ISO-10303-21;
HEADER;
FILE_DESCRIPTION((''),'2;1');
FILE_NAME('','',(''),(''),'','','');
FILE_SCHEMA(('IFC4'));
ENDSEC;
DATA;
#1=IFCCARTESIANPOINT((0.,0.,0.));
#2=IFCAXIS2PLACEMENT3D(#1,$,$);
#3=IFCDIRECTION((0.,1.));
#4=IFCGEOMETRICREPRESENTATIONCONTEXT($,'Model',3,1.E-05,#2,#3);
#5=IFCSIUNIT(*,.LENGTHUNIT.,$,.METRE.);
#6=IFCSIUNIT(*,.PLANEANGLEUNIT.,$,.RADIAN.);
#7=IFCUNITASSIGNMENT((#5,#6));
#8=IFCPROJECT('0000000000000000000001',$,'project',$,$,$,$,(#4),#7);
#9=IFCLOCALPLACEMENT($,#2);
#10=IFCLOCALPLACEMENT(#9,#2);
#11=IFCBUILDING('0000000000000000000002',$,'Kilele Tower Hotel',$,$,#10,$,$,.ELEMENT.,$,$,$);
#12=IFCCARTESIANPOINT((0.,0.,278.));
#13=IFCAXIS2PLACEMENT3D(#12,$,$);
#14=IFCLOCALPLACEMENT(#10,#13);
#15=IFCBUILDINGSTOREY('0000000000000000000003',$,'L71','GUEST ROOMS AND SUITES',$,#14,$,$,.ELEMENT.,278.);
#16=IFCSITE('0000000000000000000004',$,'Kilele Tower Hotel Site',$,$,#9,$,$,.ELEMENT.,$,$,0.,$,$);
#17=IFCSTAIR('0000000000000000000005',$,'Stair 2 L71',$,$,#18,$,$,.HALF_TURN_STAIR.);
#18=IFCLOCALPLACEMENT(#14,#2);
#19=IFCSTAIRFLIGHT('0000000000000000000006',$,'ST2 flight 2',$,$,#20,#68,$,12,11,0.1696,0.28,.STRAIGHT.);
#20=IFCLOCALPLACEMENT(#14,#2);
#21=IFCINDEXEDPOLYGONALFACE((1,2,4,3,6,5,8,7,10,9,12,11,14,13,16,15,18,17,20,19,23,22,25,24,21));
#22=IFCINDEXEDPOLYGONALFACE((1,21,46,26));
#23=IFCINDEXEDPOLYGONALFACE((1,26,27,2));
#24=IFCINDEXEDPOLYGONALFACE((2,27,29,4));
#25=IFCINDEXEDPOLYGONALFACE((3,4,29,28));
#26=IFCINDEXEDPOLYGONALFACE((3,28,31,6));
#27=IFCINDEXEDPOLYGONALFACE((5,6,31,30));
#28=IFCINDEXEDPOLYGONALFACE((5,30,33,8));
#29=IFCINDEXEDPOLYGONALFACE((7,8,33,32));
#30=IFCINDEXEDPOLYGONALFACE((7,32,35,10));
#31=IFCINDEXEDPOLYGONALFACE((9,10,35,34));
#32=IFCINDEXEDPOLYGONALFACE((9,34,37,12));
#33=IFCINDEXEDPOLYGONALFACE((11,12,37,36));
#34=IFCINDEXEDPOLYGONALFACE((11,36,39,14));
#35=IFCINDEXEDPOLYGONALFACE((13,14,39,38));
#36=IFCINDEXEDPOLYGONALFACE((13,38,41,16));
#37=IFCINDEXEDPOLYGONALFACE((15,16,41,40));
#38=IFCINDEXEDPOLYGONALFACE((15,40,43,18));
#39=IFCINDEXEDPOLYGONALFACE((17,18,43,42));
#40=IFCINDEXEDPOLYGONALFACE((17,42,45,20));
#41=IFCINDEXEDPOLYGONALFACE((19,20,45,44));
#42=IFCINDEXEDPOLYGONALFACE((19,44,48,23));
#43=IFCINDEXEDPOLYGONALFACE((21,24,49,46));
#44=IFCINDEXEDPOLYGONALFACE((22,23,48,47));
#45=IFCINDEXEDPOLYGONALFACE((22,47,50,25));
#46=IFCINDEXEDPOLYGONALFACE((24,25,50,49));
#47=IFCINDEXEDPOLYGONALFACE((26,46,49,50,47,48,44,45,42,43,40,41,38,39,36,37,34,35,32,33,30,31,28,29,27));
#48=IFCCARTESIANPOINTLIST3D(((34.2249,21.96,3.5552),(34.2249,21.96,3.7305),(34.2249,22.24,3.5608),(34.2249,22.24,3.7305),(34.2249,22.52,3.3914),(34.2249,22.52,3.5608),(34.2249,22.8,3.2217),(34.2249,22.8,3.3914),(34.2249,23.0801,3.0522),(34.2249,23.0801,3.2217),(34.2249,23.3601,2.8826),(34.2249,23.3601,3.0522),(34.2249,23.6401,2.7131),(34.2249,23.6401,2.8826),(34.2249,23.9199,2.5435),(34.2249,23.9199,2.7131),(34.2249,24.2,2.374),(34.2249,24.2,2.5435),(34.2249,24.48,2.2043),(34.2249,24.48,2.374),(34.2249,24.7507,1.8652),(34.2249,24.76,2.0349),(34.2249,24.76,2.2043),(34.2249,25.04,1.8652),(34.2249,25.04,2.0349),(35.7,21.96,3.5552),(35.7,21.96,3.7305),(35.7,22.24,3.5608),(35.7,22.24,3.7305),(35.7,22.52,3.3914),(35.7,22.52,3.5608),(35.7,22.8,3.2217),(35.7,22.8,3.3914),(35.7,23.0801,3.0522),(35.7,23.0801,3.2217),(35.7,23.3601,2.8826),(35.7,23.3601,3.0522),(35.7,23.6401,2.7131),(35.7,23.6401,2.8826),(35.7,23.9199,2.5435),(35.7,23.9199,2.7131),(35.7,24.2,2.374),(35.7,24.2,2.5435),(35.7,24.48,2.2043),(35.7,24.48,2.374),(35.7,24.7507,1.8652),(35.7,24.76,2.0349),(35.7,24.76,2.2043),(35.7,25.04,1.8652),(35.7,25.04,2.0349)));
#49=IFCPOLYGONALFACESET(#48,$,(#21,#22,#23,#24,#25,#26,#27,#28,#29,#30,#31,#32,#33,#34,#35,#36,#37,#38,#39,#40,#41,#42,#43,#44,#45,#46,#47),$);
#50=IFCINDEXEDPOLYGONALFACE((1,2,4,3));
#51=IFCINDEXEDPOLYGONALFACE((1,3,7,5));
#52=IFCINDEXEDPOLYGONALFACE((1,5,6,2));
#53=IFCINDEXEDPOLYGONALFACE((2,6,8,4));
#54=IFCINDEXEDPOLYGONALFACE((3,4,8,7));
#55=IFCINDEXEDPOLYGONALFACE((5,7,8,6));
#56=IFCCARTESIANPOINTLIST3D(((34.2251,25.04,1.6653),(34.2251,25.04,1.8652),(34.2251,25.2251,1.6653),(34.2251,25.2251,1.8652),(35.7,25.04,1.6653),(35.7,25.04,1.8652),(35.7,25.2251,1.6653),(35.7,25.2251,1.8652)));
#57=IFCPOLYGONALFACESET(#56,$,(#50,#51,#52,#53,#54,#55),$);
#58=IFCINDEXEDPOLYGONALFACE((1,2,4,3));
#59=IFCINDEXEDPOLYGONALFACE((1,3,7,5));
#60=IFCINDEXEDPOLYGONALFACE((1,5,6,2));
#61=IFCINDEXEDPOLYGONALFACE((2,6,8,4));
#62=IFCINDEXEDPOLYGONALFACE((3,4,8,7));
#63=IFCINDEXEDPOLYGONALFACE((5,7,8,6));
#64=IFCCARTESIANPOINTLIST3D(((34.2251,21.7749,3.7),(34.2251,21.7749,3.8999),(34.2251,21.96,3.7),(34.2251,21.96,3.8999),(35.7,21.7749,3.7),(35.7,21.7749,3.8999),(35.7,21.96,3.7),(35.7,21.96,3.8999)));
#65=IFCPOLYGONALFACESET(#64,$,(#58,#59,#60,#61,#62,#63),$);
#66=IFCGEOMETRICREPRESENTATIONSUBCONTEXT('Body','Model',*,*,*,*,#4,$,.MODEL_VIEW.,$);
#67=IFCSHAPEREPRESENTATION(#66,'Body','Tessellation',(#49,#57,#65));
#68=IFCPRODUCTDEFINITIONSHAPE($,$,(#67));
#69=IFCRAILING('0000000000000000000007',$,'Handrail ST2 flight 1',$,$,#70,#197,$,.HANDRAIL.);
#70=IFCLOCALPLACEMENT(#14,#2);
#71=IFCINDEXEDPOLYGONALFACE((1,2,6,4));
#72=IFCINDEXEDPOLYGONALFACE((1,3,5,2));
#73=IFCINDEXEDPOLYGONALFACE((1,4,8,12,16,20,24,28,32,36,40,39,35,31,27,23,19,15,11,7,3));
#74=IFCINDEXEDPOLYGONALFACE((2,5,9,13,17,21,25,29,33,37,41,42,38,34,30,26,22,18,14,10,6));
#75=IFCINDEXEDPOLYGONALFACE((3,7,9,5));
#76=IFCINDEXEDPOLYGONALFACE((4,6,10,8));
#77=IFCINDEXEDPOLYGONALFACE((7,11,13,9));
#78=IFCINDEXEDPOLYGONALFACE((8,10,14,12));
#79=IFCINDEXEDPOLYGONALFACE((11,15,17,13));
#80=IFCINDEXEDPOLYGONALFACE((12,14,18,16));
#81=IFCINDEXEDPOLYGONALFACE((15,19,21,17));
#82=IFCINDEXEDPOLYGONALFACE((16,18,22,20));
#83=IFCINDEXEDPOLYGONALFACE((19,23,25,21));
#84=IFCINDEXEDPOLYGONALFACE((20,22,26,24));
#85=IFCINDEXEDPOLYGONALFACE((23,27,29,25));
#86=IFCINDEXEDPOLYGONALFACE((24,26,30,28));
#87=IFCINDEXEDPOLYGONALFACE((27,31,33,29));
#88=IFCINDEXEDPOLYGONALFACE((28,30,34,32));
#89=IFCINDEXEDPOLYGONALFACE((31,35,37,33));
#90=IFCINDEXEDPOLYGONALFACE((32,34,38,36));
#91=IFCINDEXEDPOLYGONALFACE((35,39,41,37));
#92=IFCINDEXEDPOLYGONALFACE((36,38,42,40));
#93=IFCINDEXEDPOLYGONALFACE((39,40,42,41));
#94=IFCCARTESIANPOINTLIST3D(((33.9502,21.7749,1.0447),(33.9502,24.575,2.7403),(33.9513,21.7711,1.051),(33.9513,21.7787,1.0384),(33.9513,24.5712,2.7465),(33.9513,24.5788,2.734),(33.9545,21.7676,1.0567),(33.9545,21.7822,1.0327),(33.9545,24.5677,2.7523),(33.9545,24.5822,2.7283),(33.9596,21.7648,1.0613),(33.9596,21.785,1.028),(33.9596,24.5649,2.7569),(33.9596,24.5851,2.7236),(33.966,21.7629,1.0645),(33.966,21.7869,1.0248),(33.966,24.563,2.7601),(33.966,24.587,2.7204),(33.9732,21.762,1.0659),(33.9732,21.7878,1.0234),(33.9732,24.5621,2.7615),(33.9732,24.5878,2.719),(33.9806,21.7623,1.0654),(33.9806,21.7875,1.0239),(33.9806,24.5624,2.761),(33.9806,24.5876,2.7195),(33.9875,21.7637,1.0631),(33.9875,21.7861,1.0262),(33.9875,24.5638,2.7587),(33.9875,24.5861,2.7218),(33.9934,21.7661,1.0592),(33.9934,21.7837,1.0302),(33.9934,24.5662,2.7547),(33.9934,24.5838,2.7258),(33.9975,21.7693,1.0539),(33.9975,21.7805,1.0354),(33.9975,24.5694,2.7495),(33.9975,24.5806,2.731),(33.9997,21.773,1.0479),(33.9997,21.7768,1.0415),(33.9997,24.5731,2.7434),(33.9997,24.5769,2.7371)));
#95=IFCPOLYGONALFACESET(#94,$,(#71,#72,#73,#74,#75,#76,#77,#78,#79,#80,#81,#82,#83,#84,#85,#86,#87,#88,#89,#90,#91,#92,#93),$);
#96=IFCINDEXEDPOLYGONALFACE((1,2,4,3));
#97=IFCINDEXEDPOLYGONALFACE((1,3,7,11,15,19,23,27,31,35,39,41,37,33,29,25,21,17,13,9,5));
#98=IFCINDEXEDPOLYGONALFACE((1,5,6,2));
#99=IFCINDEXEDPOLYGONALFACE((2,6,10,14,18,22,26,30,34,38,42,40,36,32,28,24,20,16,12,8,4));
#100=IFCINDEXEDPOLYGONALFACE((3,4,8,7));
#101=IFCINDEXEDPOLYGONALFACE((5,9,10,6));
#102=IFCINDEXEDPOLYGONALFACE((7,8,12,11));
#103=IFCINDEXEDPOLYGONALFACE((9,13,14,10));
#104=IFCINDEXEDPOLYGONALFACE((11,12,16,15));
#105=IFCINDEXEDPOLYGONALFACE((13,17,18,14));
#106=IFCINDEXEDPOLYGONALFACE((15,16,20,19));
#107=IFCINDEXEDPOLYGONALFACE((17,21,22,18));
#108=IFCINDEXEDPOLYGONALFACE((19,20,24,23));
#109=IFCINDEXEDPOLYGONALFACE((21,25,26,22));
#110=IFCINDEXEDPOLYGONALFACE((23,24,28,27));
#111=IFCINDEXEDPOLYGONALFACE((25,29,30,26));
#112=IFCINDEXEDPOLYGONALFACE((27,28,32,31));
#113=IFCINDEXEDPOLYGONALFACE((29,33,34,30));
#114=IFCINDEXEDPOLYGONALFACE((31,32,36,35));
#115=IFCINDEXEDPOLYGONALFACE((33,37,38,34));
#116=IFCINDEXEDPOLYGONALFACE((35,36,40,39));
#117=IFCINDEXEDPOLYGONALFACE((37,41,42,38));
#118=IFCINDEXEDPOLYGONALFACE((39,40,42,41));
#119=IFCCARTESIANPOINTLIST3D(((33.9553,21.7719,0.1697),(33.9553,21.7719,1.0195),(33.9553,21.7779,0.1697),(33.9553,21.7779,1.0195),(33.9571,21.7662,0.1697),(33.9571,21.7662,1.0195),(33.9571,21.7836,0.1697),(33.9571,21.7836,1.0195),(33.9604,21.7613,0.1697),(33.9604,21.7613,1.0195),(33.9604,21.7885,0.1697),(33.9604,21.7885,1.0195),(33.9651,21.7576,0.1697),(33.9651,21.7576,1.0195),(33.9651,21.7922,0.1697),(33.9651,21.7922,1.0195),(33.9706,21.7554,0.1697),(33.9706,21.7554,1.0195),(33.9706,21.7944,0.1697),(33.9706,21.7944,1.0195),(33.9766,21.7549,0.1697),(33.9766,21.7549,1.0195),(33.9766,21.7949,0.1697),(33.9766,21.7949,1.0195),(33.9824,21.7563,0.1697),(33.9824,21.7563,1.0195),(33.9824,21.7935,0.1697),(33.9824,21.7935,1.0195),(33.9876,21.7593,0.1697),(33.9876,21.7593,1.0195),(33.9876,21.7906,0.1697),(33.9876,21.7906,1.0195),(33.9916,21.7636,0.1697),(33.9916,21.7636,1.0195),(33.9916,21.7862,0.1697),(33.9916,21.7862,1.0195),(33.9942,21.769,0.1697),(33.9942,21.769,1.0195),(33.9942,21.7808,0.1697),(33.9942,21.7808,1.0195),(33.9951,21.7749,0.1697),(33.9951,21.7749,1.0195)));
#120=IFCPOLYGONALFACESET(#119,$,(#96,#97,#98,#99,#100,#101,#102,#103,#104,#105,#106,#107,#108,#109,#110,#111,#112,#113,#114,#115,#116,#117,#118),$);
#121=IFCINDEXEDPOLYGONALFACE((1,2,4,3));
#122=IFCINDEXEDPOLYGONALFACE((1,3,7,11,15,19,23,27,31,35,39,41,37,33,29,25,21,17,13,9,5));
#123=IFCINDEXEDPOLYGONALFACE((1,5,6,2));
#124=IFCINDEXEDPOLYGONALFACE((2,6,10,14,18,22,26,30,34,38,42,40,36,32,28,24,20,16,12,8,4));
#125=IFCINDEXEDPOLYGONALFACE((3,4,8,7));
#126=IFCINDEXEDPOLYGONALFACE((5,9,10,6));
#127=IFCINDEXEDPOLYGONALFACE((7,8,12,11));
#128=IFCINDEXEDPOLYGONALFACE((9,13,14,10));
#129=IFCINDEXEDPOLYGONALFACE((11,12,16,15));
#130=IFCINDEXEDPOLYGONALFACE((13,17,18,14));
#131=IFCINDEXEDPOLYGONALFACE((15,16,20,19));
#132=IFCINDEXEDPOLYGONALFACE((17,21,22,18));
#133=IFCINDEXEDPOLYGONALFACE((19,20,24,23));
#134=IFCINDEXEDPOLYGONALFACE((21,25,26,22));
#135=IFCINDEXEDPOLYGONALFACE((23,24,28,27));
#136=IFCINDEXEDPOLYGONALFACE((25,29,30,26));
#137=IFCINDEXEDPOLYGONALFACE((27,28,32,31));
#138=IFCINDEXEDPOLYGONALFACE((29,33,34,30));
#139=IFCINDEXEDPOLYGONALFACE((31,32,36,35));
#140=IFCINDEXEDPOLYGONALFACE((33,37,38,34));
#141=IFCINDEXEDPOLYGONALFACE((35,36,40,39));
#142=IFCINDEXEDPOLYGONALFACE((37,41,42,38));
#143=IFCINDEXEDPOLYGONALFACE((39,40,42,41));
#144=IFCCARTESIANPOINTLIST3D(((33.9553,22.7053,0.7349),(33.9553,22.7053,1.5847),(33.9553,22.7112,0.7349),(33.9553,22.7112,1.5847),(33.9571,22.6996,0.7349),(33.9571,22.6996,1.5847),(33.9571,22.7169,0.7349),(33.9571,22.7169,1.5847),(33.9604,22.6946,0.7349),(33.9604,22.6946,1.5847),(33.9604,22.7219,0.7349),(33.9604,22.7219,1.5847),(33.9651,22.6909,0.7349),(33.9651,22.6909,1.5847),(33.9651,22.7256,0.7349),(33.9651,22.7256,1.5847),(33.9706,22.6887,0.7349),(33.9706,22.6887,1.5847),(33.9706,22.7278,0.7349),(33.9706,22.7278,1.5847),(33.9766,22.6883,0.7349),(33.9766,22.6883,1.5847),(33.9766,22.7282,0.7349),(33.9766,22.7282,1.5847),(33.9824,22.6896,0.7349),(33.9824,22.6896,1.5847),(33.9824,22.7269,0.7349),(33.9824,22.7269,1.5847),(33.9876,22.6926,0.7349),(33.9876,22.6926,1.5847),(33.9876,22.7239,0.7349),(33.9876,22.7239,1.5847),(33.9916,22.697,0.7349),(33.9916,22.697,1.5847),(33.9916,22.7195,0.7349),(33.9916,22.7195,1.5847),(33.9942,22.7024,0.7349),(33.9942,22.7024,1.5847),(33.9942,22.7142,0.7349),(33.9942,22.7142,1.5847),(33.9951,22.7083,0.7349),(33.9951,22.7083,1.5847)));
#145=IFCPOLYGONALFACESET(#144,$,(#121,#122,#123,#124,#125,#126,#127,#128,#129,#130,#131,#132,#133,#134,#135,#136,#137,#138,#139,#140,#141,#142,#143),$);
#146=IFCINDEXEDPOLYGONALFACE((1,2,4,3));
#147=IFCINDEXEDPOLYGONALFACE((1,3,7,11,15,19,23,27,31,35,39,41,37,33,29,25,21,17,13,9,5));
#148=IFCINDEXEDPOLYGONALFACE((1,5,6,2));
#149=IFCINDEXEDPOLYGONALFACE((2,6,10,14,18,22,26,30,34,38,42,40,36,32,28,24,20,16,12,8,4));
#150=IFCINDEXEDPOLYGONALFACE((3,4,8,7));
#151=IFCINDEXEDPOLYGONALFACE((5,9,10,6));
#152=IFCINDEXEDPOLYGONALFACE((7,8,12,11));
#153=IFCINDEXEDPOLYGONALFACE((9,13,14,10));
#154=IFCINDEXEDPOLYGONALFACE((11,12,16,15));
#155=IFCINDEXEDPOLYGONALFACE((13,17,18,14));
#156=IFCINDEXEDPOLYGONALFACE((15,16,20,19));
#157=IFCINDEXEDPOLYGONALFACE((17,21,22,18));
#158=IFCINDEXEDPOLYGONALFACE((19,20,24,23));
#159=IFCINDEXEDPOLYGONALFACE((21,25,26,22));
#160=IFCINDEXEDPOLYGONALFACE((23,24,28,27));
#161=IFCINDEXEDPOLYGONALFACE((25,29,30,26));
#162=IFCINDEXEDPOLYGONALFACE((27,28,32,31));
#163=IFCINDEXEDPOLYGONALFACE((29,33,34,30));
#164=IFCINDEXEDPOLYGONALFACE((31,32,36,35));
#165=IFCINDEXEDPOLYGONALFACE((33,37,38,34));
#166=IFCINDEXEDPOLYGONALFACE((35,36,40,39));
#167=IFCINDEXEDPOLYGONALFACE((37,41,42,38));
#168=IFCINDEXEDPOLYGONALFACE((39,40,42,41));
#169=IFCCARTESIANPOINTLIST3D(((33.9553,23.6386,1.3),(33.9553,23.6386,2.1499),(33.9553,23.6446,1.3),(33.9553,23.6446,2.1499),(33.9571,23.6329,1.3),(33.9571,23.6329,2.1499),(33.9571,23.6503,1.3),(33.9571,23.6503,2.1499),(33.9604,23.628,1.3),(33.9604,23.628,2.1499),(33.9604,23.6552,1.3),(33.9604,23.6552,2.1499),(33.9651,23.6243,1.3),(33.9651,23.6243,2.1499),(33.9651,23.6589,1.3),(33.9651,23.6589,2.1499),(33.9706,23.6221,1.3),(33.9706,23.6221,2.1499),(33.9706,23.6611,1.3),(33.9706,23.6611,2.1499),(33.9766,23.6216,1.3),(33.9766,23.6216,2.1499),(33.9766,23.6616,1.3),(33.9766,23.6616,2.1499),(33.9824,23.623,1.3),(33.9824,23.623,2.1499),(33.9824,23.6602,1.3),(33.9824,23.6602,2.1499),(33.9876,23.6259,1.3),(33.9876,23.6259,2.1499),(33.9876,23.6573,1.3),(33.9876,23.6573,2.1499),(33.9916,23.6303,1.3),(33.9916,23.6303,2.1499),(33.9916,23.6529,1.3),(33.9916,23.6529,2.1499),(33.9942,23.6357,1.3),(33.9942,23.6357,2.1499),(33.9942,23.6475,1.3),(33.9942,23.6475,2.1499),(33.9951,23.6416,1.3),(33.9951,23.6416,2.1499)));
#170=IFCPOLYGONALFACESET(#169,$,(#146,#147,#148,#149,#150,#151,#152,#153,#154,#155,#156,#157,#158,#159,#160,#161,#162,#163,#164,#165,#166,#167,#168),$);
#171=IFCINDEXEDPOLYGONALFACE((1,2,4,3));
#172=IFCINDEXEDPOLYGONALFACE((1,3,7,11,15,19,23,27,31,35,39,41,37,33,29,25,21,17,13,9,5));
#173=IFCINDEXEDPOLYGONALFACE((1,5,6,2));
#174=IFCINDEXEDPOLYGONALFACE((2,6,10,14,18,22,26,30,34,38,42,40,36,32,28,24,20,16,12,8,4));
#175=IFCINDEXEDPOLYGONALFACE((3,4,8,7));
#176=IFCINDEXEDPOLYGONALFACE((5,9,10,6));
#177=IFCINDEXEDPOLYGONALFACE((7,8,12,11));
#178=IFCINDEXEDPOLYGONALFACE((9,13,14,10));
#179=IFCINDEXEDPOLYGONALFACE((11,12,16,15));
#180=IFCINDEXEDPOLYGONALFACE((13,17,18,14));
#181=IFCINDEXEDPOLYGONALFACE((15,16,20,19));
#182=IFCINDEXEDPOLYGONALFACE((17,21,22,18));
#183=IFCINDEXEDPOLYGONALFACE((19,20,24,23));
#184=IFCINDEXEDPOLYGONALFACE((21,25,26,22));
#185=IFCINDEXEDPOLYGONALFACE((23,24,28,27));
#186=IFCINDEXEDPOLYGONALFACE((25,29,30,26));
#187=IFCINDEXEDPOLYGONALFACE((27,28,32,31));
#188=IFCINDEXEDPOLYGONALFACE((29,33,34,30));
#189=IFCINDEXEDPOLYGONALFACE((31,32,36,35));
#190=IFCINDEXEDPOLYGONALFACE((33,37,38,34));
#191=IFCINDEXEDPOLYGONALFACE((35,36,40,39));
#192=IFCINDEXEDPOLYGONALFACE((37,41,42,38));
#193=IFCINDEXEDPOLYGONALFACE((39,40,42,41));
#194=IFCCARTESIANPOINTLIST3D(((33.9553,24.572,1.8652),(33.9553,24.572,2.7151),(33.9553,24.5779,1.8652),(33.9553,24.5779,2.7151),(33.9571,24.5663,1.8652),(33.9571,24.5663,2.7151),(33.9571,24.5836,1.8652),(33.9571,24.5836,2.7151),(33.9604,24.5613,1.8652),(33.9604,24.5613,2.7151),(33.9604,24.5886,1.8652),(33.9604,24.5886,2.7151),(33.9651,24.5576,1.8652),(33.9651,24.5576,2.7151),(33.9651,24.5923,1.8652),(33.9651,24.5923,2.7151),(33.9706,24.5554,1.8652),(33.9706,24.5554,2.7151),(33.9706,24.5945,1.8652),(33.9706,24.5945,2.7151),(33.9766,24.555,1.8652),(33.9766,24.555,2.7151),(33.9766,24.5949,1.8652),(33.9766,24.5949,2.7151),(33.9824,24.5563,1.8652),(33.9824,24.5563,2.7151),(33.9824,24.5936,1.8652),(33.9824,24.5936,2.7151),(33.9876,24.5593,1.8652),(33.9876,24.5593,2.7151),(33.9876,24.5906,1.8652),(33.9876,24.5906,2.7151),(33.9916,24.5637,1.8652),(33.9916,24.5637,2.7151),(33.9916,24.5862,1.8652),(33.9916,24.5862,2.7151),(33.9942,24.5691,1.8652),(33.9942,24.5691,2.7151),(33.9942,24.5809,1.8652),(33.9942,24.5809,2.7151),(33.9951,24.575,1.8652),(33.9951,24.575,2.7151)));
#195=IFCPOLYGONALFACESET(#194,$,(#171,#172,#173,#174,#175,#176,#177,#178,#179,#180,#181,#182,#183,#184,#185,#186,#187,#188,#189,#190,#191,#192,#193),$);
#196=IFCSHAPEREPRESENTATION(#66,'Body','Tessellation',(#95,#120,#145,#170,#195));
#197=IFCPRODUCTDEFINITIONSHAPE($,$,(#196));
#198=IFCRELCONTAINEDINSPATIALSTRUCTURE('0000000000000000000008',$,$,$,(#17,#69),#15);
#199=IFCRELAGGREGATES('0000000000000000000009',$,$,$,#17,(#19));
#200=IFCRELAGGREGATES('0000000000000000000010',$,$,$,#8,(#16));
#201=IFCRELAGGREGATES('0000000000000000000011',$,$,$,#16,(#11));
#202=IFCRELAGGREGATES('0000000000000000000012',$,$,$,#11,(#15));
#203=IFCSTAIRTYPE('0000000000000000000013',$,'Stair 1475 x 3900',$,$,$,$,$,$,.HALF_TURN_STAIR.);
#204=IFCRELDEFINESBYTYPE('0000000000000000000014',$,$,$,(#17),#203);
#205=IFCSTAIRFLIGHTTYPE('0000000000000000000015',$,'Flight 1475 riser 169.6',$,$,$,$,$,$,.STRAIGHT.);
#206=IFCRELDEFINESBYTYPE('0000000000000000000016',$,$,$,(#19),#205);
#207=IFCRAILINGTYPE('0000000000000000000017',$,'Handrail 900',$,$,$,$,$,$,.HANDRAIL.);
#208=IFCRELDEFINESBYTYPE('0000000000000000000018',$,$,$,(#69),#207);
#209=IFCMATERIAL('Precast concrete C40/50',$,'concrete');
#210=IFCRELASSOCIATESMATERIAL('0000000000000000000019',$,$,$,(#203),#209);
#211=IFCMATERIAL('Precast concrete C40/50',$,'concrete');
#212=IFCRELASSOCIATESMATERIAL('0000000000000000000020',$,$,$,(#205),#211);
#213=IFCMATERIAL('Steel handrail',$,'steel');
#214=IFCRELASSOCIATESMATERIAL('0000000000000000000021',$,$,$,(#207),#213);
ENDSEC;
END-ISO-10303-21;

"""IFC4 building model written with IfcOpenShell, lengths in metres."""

from ifc_helpers import new_model, si_unit, direction, frame, origin, origin_2d, place, context, subcontext, project, spatial, polyline, circle, outline, extrude, material, type_object, element, aggregate, save


model = new_model("IFC4")

# Units and contexts
model_context = context("Model", 3, precision=1e-05, world=origin(), true_north=direction((0.0, 1.0)))
body_context = subcontext(model_context, "Body", "Model", "MODEL_VIEW")
ifc_project = project(units=[si_unit("LENGTHUNIT", "METRE"), si_unit("PLANEANGLEUNIT", "RADIAN")], contexts=[model_context])

# Site, building, storey
site_placement = place(None, origin())
site = spatial("IfcSite", under=ifc_project, at=site_placement, Name="Kilele Tower Hotel Site", CompositionType="ELEMENT", RefElevation=0.0)
building_placement = place(site_placement, origin())
building = spatial("IfcBuilding", under=site, at=building_placement, Name="Kilele Tower Hotel", CompositionType="ELEMENT")
storey_placement = place(building_placement, frame((0.0, 0.0, 278.0)))
storey = spatial("IfcBuildingStorey", under=building, at=storey_placement, Name="L71", Description="GUEST ROOMS AND SUITES", CompositionType="ELEMENT", Elevation=278.0)

# Stair, stair flight
ifc_material_1 = material(Name="Precast concrete C40/50", Category="concrete")
stair_type = type_object("IfcStairType", Name="Stair 1475 x 3900", PredefinedType="HALF_TURN_STAIR", material=ifc_material_1)
stair_placement = place(storey_placement, origin())
stair = element("IfcStair", 1, at=stair_placement, inside=storey, type_object=stair_type, Name="Stair 2 L71", PredefinedType="HALF_TURN_STAIR")
ifc_material_2 = material(Name="Precast concrete C40/50", Category="concrete")
stair_flight_type = type_object("IfcStairFlightType", Name="Flight 1475 riser 169.6", PredefinedType="STRAIGHT", material=ifc_material_2)
stair_flight_placement = place(storey_placement, frame((34.9624, 25.04, 1.8652), z_axis=(0.0, 0.0, 1.0), x_axis=(0.0, -1.0, 0.0)))
stair_flight = element("IfcStairFlight", 2, at=stair_flight_placement, type_object=stair_flight_type, Name="ST2 flight 2", NumberOfRisers=12, NumberOfTreads=11, PredefinedType="STRAIGHT", RiserHeight=0.1696, TreadLength=0.28, context=body_context, shape_type="SweptSolid", body=[
    extrude(outline(polyline([(0.0, 0.0), (0.0, 0.1697), (0.28, 0.1697), (0.28, 0.3391), (0.5601, 0.3391), (0.5601, 0.5088), (0.8401, 0.5088), (0.8401, 0.6782), (1.1201, 0.6782), (1.1201, 0.8479), (1.3999, 0.8479), (1.3999, 1.0173), (1.6799, 1.0173), (1.6799, 1.187), (1.96, 1.187), (1.96, 1.3564), (2.24, 1.3564), (2.24, 1.5261), (2.52, 1.5261), (2.52, 1.6956), (2.8, 1.6956), (2.8, 1.8652), (3.0801, 1.8652), (3.0801, 2.0347), (3.0801, 1.6899), (0.2893, 0.0), (0.0, 0.0)])), frame((0.0, 0.7375, 0.0), z_axis=(0.0, -1.0, 0.0), x_axis=(1.0, 0.0, 0.0)), (0.0, 0.0, 1.0), 1.4751),
    extrude(outline(polyline([(0.0, -0.7373), (0.0, 0.7375), (-0.1851, 0.7375), (-0.1851, -0.7373), (0.0, -0.7373)])), frame((0.0, 0.0, -0.2)), (0.0, 0.0, 1.0), 0.2),
    extrude(outline(polyline([(3.2651, -0.7373), (3.2651, 0.7375), (3.0801, 0.7375), (3.0801, -0.7373), (3.2651, -0.7373)])), frame((0.0, 0.0, 1.8347)), (0.0, 0.0, 1.0), 0.2),
])
aggregate(stair, [stair_flight])

# Railing
ifc_material_3 = material(Name="Steel handrail", Category="steel")
railing_type_1 = type_object("IfcRailingType", Name="Handrail 900", PredefinedType="HANDRAIL", material=ifc_material_3)
railing_1_placement = place(storey_placement, frame((33.9751, 21.7749, 0.1697)))
element("IfcRailing", 3, at=railing_1_placement, inside=storey, type_object=railing_type_1, Name="Handrail ST2 flight 1", PredefinedType="HANDRAIL", context=body_context, shape_type="SweptSolid", body=[
    extrude(circle(Radius=0.0249, at=origin_2d()), frame((0.0, 0.0, 0.875), z_axis=(0.0, 0.855393, 0.517979), x_axis=(-1.0, 0.0, 0.0)), (0.0, 0.0, 1.0), 3.2734),
    extrude(circle(Radius=0.02, at=origin_2d()), origin(), (0.0, 0.0, 1.0), 0.8499),
    extrude(circle(Radius=0.02, at=origin_2d()), frame((0.0, 0.9333, 0.5652)), (0.0, 0.0, 1.0), 0.8499),
    extrude(circle(Radius=0.02, at=origin_2d()), frame((0.0, 1.8667, 1.1304)), (0.0, 0.0, 1.0), 0.8499),
    extrude(circle(Radius=0.02, at=origin_2d()), frame((0.0, 2.8, 1.6956)), (0.0, 0.0, 1.0), 0.8499),
])

save(model, "model.ifc")
